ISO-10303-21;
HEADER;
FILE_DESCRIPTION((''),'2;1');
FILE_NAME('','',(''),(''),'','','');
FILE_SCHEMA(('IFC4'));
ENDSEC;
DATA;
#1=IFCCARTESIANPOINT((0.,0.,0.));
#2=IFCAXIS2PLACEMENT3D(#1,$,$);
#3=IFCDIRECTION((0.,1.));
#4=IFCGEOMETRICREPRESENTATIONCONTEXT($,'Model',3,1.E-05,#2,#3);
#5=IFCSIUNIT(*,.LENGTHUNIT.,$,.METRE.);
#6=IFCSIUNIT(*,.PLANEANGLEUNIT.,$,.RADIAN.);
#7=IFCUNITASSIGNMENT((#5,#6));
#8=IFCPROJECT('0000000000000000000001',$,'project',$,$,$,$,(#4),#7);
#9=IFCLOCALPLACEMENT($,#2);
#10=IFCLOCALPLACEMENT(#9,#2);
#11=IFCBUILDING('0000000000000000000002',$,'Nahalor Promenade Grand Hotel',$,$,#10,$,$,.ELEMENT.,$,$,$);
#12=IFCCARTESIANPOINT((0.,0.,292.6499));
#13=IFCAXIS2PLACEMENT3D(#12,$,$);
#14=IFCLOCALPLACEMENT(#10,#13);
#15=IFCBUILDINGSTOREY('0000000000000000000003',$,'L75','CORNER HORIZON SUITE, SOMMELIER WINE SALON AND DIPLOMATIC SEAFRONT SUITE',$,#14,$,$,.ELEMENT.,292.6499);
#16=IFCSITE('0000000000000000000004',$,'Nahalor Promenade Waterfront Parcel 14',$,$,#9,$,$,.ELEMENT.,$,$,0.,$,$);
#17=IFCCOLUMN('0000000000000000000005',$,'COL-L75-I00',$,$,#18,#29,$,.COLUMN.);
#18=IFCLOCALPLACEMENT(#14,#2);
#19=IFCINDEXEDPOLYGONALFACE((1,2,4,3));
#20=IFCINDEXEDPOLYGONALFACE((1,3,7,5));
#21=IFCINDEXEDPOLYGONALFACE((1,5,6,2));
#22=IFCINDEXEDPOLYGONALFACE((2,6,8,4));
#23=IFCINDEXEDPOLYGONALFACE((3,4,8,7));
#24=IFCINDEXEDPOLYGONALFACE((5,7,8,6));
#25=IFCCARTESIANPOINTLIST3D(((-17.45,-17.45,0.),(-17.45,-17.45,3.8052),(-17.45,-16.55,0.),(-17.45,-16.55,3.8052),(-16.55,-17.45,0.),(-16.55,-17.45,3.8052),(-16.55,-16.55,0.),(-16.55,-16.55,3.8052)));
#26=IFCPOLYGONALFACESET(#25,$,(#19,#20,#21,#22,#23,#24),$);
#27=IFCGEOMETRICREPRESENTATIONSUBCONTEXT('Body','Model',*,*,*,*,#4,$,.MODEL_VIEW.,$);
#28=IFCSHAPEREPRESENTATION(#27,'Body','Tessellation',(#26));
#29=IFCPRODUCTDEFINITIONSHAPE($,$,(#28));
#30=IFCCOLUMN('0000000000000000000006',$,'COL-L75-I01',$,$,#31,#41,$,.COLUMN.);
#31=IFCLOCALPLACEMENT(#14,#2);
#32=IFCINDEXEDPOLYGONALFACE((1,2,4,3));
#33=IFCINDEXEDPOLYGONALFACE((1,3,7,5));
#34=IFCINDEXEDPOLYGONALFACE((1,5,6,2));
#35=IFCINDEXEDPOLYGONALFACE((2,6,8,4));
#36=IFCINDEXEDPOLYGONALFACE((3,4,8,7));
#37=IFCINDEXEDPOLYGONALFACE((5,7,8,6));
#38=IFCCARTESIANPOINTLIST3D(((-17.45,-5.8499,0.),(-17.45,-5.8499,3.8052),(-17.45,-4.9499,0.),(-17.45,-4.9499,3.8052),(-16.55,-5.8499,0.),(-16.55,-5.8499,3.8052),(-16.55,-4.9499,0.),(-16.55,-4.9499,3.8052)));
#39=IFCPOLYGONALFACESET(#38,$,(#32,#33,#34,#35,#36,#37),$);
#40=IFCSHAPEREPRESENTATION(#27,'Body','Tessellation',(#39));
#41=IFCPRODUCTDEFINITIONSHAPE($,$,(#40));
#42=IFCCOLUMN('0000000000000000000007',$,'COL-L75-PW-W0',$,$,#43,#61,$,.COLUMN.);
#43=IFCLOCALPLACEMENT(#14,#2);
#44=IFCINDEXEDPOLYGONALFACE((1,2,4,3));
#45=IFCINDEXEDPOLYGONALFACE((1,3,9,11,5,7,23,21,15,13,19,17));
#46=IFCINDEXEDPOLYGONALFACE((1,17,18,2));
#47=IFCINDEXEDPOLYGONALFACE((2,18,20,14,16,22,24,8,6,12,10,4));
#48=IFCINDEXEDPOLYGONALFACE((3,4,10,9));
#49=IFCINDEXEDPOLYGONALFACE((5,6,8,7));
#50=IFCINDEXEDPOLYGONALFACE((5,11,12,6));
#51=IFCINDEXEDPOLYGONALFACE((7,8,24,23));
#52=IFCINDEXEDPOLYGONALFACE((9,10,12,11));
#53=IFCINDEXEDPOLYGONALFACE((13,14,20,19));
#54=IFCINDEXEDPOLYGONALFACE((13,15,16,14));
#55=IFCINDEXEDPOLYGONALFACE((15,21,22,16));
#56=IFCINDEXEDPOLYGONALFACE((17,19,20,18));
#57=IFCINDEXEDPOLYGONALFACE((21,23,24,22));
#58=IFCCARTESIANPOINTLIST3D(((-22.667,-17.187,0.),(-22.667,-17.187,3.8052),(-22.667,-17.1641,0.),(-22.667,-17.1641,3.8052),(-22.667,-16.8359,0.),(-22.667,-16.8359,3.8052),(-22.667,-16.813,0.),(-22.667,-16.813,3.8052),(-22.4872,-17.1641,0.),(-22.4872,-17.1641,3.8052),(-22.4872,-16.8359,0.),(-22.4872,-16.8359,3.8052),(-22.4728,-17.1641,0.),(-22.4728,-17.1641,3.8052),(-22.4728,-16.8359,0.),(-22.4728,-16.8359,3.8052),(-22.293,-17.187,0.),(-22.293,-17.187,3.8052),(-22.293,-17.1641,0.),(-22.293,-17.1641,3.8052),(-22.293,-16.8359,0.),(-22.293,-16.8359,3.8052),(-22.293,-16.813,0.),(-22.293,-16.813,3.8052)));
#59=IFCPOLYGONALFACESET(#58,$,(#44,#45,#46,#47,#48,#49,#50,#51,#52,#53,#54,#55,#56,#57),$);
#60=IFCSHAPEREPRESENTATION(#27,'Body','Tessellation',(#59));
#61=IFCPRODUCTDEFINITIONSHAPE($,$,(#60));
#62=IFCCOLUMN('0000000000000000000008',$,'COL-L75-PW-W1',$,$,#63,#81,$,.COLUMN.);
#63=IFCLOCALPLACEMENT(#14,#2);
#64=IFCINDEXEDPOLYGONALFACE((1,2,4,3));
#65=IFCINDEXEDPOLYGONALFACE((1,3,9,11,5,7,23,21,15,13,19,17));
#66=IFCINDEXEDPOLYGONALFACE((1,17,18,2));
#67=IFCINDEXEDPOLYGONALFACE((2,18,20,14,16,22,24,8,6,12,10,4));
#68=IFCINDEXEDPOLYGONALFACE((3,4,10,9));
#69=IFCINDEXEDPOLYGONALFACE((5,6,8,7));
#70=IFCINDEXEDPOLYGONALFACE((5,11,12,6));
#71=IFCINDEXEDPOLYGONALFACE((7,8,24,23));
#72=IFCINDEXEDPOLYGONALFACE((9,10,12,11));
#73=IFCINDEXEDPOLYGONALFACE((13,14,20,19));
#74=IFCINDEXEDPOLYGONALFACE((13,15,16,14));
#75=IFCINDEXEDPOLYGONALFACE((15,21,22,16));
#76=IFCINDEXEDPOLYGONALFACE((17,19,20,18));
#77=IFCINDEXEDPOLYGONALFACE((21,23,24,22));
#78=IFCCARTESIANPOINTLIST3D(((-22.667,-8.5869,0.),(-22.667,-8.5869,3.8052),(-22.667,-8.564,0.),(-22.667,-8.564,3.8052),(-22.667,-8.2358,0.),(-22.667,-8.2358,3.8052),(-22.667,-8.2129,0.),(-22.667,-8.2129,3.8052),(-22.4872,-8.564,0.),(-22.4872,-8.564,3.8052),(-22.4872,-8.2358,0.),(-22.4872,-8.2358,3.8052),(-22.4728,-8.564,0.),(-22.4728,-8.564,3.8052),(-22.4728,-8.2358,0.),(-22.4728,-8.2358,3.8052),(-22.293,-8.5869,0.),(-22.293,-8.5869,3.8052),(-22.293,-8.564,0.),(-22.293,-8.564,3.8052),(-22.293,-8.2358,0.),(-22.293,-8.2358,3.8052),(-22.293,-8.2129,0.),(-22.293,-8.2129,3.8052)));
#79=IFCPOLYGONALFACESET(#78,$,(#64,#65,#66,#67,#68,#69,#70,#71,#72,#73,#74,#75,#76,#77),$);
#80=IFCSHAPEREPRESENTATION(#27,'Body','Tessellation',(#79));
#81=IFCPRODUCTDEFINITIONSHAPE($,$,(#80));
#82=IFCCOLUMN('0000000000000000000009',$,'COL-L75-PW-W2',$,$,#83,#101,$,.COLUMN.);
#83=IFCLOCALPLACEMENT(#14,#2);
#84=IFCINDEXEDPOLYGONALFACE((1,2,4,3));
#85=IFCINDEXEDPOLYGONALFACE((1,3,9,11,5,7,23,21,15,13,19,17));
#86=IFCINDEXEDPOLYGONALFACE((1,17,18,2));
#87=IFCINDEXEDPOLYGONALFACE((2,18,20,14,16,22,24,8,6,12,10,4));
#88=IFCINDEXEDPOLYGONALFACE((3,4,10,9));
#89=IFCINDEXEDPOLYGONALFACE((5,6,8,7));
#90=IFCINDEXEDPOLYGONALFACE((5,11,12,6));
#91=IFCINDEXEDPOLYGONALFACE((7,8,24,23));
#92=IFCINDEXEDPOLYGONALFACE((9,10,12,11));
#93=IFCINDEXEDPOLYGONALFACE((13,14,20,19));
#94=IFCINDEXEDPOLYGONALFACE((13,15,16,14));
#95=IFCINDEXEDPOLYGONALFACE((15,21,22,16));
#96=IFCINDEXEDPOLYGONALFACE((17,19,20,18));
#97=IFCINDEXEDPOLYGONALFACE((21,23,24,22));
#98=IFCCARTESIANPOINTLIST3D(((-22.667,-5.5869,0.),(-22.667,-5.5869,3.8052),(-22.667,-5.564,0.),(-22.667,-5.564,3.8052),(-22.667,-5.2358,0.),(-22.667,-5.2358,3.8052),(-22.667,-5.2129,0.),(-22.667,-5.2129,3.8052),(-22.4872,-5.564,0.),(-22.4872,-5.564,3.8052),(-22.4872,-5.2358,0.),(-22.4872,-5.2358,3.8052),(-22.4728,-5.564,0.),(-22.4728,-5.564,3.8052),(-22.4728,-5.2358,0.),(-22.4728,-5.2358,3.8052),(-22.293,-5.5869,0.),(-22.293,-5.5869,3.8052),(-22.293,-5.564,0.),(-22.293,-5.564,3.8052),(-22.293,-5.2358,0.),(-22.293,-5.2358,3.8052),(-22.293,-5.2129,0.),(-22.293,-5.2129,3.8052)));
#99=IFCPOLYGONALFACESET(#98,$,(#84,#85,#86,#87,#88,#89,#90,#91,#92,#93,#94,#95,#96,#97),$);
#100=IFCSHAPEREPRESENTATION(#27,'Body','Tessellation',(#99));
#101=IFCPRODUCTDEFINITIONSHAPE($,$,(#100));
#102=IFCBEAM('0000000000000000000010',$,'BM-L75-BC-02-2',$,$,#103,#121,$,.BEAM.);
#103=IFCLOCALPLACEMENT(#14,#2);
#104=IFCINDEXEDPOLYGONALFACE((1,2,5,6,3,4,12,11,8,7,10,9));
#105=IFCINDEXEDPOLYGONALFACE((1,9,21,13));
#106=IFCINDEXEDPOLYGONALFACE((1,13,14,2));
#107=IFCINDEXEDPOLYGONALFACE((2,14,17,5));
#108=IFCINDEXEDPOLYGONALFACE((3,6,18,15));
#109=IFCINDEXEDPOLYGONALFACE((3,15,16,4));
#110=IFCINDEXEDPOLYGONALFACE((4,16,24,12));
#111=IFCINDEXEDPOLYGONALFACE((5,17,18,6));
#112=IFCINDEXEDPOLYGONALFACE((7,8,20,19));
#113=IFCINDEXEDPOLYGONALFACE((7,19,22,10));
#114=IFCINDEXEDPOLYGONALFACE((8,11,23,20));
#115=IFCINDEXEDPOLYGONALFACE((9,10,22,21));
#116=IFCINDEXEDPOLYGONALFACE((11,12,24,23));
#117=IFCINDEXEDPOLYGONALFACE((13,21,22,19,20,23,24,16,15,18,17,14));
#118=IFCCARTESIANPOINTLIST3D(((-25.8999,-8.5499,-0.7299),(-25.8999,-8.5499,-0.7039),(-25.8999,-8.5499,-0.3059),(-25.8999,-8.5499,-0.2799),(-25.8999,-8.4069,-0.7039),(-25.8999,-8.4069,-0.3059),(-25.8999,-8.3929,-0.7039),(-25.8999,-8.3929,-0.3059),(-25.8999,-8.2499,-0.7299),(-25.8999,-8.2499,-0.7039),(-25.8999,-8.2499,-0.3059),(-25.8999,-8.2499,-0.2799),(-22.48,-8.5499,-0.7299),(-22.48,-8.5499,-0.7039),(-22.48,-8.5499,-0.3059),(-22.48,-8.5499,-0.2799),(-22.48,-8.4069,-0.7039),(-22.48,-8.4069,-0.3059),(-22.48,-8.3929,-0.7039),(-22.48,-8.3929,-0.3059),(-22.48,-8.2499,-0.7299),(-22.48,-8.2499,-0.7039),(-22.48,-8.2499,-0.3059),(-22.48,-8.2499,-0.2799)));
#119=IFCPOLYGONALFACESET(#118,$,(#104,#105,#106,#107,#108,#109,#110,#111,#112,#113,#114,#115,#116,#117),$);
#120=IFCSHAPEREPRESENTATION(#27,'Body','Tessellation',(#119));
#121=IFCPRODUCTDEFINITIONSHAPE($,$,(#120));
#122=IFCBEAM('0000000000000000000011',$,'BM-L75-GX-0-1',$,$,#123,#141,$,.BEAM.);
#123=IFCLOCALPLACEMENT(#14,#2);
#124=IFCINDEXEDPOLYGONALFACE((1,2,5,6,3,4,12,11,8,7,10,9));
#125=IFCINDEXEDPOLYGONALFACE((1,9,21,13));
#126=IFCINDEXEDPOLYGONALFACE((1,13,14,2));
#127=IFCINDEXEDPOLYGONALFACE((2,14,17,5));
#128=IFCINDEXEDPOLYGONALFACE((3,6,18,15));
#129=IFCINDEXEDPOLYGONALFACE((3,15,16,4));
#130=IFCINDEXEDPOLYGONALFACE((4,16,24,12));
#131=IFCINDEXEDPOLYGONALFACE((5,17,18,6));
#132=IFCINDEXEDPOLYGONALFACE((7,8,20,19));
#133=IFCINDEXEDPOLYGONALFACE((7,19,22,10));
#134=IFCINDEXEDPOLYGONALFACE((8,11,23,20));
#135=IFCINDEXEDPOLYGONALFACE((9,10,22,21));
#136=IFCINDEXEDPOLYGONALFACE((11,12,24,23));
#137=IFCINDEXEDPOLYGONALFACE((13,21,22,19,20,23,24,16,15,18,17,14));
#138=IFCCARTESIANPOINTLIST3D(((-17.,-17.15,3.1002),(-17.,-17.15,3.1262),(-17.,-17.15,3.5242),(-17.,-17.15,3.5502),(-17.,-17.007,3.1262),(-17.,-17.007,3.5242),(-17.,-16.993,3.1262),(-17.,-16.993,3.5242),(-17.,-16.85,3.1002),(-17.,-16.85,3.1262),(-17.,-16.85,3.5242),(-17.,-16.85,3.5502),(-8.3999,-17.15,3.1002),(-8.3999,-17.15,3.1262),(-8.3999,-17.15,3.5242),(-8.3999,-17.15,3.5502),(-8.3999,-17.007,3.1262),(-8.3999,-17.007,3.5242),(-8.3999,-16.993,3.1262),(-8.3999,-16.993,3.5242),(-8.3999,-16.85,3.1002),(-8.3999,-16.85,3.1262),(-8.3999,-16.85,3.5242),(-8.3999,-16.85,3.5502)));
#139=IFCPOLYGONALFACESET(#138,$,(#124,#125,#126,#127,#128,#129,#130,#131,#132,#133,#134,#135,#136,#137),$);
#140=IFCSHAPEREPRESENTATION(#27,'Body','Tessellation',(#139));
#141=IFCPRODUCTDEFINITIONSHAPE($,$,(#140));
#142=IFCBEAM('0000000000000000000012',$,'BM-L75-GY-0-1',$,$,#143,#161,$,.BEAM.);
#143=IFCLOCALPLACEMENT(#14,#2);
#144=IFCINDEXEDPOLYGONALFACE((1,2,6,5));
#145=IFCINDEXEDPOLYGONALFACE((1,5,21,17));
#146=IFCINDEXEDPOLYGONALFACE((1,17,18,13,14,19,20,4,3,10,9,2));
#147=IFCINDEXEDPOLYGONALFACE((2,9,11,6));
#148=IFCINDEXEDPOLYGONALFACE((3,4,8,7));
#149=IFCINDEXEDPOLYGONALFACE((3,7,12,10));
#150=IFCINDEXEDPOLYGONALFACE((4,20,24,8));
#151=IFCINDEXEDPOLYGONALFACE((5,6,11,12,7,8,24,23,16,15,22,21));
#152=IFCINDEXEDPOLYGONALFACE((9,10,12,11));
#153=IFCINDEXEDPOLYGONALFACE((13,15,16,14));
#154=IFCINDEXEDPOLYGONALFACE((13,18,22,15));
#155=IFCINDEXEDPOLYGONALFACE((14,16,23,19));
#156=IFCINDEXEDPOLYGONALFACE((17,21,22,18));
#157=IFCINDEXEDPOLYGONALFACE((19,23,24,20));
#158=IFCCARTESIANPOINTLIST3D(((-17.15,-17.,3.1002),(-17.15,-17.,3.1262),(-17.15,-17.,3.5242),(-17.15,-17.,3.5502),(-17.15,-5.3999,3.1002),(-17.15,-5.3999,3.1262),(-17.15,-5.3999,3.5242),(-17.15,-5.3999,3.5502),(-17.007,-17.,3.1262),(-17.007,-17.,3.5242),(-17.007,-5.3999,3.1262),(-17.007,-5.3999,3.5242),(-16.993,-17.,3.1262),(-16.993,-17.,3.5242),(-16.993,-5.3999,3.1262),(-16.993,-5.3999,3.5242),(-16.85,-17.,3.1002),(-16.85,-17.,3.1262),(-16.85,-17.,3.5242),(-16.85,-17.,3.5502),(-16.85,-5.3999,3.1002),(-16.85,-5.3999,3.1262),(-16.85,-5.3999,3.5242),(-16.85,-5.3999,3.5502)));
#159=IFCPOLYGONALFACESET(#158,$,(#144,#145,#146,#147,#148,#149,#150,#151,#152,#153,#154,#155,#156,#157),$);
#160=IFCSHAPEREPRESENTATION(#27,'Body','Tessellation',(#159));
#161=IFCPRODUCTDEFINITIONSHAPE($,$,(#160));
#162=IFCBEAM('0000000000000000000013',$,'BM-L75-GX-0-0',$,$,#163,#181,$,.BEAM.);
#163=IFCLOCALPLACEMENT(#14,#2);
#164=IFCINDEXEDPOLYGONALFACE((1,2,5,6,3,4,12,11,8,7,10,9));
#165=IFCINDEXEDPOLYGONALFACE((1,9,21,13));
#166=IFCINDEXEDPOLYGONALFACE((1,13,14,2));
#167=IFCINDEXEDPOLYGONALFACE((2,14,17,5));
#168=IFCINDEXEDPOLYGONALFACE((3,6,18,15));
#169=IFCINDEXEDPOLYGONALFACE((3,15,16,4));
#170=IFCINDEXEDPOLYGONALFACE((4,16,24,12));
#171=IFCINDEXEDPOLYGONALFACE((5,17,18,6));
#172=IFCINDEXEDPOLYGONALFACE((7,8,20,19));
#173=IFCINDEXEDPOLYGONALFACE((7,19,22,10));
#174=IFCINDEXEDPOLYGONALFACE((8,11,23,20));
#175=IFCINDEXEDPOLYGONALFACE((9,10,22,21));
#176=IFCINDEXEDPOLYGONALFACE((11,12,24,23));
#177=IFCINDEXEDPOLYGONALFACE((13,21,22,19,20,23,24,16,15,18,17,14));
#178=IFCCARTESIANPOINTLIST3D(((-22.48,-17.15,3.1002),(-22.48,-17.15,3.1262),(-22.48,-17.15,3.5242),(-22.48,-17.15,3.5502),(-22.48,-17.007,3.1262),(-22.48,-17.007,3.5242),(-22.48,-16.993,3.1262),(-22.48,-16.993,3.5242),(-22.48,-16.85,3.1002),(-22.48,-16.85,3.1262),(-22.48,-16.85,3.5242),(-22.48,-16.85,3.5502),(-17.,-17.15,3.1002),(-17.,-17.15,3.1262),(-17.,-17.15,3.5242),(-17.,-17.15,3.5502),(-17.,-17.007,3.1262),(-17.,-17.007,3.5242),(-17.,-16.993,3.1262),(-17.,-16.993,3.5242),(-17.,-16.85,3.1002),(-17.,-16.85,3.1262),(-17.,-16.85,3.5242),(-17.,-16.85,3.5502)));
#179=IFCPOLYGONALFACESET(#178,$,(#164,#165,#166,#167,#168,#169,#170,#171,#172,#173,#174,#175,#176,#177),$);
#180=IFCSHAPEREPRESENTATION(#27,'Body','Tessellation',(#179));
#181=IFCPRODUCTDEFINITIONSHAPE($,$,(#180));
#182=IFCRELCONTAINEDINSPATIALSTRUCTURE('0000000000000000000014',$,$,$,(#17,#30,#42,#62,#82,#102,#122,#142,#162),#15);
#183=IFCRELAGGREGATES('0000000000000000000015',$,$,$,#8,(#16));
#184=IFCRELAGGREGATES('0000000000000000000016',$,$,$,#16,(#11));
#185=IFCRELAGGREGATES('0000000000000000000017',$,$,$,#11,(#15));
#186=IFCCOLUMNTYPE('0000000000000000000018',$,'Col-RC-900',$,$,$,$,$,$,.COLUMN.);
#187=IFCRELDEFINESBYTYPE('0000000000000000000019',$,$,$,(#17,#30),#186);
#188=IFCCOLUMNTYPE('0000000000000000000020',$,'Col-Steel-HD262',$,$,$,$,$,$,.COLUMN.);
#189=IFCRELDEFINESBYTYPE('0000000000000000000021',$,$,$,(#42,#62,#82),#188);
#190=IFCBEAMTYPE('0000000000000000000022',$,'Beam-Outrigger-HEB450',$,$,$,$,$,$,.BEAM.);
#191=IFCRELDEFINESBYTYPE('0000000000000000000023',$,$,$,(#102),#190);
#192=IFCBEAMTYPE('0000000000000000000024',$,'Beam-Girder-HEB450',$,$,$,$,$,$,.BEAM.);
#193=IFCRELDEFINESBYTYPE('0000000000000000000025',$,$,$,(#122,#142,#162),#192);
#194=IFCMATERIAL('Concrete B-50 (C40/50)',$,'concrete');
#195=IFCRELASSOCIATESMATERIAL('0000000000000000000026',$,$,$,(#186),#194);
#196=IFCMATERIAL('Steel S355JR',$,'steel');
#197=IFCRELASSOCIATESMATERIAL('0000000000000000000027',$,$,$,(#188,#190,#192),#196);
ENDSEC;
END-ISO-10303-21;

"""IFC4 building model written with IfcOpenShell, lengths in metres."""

from ifc_helpers import new_model, si_unit, direction, frame, origin, origin_2d, place, context, subcontext, project, spatial, rectangle, i_section, extrude, source, transform, mapped, material, material_profile, profile_set, type_object, element, save


model = new_model("IFC4")

# Units and contexts
model_context = context("Model", 3, precision=1e-05, world=origin(), true_north=direction((0.0, 1.0)))
body_context = subcontext(model_context, "Body", "Model", "MODEL_VIEW")
ifc_project = project(units=[si_unit("LENGTHUNIT", "METRE"), si_unit("PLANEANGLEUNIT", "RADIAN")], contexts=[model_context])

# Site, building, storey
site_placement = place(None, origin())
site = spatial("IfcSite", under=ifc_project, at=site_placement, Name="Nahalor Promenade Waterfront Parcel 14", CompositionType="ELEMENT", RefElevation=0.0)
building_placement = place(site_placement, origin())
building = spatial("IfcBuilding", under=site, at=building_placement, Name="Nahalor Promenade Grand Hotel", CompositionType="ELEMENT")
storey_placement = place(building_placement, frame((0.0, 0.0, 292.6499)))
storey = spatial("IfcBuildingStorey", under=building, at=storey_placement, Name="L75", Description="CORNER HORIZON SUITE, SOMMELIER WINE SALON AND DIPLOMATIC SEAFRONT SUITE", CompositionType="ELEMENT", Elevation=292.6499)

# Columns
ifc_material_1 = material(Name="Concrete B-50 (C40/50)", Category="concrete")
ifc_material_profile_1 = material_profile(ifc_material_1, rectangle(XDim=0.9, YDim=0.9, at=origin_2d()), Name="RC 900x900")
ifc_profile_set_1 = profile_set([ifc_material_profile_1], Name="Concrete B-50 (C40/50)")
column_type_1 = type_object("IfcColumnType", Name="Col-RC-900", PredefinedType="COLUMN", material=ifc_profile_set_1)
shared_shape_1 = source(origin(), body_context, "Body", "SweptSolid", [
    extrude(rectangle(XDim=0.9, YDim=0.9, at=origin_2d()), origin(), (0.0, 0.0, 1.0), 3.8052),
])
for number, where, z_axis, x_axis, name in (
    (1, (-17.0, -17.0, 0.0), (0.0, 0.0, 1.0), (1.0, 0.0, 0.0), "COL-L75-I00"),
    (2, (-17.0, -5.3999, 0.0), (0.0, 0.0, 1.0), (1.0, 0.0, 0.0), "COL-L75-I01"),
):
    element("IfcColumn", number, at=place(storey_placement, frame(where, z_axis=z_axis, x_axis=x_axis)), inside=storey, type_object=column_type_1, Name=name, PredefinedType="COLUMN", context=body_context, shape_type="MappedRepresentation", body=[
        mapped(shared_shape_1, transform((0.0, 0.0, 0.0), scale=1.0)),
    ])
ifc_material_2 = material(Name="Steel S355JR", Category="steel")
ifc_material_profile_2 = material_profile(ifc_material_2, i_section(OverallWidth=0.374, OverallDepth=0.374, WebThickness=0.0144, FlangeThickness=0.0229, at=origin_2d()), Name="HD 360x262")
ifc_profile_set_2 = profile_set([ifc_material_profile_2], Name="Steel S355JR")
column_type_2 = type_object("IfcColumnType", Name="Col-Steel-HD262", PredefinedType="COLUMN", material=ifc_profile_set_2)
shared_shape_2 = source(origin(), body_context, "Body", "SweptSolid", [
    extrude(i_section(OverallWidth=0.374, OverallDepth=0.374, WebThickness=0.0144, FlangeThickness=0.0229, at=origin_2d()), origin(), (0.0, 0.0, 1.0), 3.8052),
])
for number, where, z_axis, x_axis, name in (
    (3, (-22.48, -17.0, 0.0), (0.0, 0.0, 1.0), (1.0, 0.0, 0.0), "COL-L75-PW-W0"),
    (4, (-22.48, -8.3999, 0.0), (0.0, 0.0, 1.0), (1.0, 0.0, 0.0), "COL-L75-PW-W1"),
    (5, (-22.48, -5.3999, 0.0), (0.0, 0.0, 1.0), (1.0, 0.0, 0.0), "COL-L75-PW-W2"),
):
    element("IfcColumn", number, at=place(storey_placement, frame(where, z_axis=z_axis, x_axis=x_axis)), inside=storey, type_object=column_type_2, Name=name, PredefinedType="COLUMN", context=body_context, shape_type="MappedRepresentation", body=[
        mapped(shared_shape_2, transform((0.0, 0.0, 0.0), scale=1.0)),
    ])

# Beams
ifc_material_profile_3 = material_profile(ifc_material_2, i_section(OverallWidth=0.3, OverallDepth=0.45, WebThickness=0.014, FlangeThickness=0.026, at=origin_2d()), Name="HEB 450")
ifc_profile_set_3 = profile_set([ifc_material_profile_3], Name="Steel S355JR")
beam_type_1 = type_object("IfcBeamType", Name="Beam-Outrigger-HEB450", PredefinedType="BEAM", material=ifc_profile_set_3)
shared_shape_3 = source(origin(), body_context, "Body", "SweptSolid", [
    extrude(i_section(OverallWidth=0.3, OverallDepth=0.45, WebThickness=0.014, FlangeThickness=0.026, at=origin_2d()), origin(), (0.0, 0.0, 1.0), 3.4199),
])
beam_1_placement = place(storey_placement, frame((-25.8999, -8.3999, -0.5049), z_axis=(1.0, 0.0, 0.0), x_axis=(0.0, 1.0, 0.0)))
element("IfcBeam", 6, at=beam_1_placement, inside=storey, type_object=beam_type_1, Name="BM-L75-BC-02-2", PredefinedType="BEAM", context=body_context, shape_type="MappedRepresentation", body=[
    mapped(shared_shape_3, transform((0.0, 0.0, 0.0), scale=1.0)),
])
ifc_material_profile_4 = material_profile(ifc_material_2, i_section(OverallWidth=0.3, OverallDepth=0.45, WebThickness=0.014, FlangeThickness=0.026, at=origin_2d()), Name="HEB 450")
ifc_profile_set_4 = profile_set([ifc_material_profile_4], Name="Steel S355JR")
beam_type_2 = type_object("IfcBeamType", Name="Beam-Girder-HEB450", PredefinedType="BEAM", material=ifc_profile_set_4)
shared_shape_4 = source(origin(), body_context, "Body", "SweptSolid", [
    extrude(i_section(OverallWidth=0.3, OverallDepth=0.45, WebThickness=0.014, FlangeThickness=0.026, at=origin_2d()), origin(), (0.0, 0.0, 1.0), 8.6001),
])
beam_2_placement = place(storey_placement, frame((-17.0, -17.0, 3.3252), z_axis=(1.0, 0.0, 0.0), x_axis=(0.0, 1.0, 0.0)))
element("IfcBeam", 7, at=beam_2_placement, inside=storey, type_object=beam_type_2, Name="BM-L75-GX-0-1", PredefinedType="BEAM", context=body_context, shape_type="MappedRepresentation", body=[
    mapped(shared_shape_4, transform((0.0, 0.0, 0.0), scale=1.0)),
])
shared_shape_5 = source(origin(), body_context, "Body", "SweptSolid", [
    extrude(i_section(OverallWidth=0.3, OverallDepth=0.45, WebThickness=0.014, FlangeThickness=0.026, at=origin_2d()), origin(), (0.0, 0.0, 1.0), 11.6001),
])
beam_3_placement = place(storey_placement, frame((-17.0, -17.0, 3.3252), z_axis=(0.0, 1.0, 0.0), x_axis=(-1.0, 0.0, 0.0)))
element("IfcBeam", 8, at=beam_3_placement, inside=storey, type_object=beam_type_2, Name="BM-L75-GY-0-1", PredefinedType="BEAM", context=body_context, shape_type="MappedRepresentation", body=[
    mapped(shared_shape_5, transform((0.0, 0.0, 0.0), scale=1.0)),
])
shared_shape_6 = source(origin(), body_context, "Body", "SweptSolid", [
    extrude(i_section(OverallWidth=0.3, OverallDepth=0.45, WebThickness=0.014, FlangeThickness=0.026, at=origin_2d()), origin(), (0.0, 0.0, 1.0), 5.48),
])
for number, where, z_axis, x_axis, name in (
    (9, (-22.48, -17.0, 3.3252), (1.0, 0.0, 0.0), (0.0, 1.0, 0.0), "BM-L75-GX-0-0"),
):
    element("IfcBeam", number, at=place(storey_placement, frame(where, z_axis=z_axis, x_axis=x_axis)), inside=storey, type_object=beam_type_2, Name=name, PredefinedType="BEAM", context=body_context, shape_type="MappedRepresentation", body=[
        mapped(shared_shape_6, transform((0.0, 0.0, 0.0), scale=1.0)),
    ])

save(model, "model.ifc")
